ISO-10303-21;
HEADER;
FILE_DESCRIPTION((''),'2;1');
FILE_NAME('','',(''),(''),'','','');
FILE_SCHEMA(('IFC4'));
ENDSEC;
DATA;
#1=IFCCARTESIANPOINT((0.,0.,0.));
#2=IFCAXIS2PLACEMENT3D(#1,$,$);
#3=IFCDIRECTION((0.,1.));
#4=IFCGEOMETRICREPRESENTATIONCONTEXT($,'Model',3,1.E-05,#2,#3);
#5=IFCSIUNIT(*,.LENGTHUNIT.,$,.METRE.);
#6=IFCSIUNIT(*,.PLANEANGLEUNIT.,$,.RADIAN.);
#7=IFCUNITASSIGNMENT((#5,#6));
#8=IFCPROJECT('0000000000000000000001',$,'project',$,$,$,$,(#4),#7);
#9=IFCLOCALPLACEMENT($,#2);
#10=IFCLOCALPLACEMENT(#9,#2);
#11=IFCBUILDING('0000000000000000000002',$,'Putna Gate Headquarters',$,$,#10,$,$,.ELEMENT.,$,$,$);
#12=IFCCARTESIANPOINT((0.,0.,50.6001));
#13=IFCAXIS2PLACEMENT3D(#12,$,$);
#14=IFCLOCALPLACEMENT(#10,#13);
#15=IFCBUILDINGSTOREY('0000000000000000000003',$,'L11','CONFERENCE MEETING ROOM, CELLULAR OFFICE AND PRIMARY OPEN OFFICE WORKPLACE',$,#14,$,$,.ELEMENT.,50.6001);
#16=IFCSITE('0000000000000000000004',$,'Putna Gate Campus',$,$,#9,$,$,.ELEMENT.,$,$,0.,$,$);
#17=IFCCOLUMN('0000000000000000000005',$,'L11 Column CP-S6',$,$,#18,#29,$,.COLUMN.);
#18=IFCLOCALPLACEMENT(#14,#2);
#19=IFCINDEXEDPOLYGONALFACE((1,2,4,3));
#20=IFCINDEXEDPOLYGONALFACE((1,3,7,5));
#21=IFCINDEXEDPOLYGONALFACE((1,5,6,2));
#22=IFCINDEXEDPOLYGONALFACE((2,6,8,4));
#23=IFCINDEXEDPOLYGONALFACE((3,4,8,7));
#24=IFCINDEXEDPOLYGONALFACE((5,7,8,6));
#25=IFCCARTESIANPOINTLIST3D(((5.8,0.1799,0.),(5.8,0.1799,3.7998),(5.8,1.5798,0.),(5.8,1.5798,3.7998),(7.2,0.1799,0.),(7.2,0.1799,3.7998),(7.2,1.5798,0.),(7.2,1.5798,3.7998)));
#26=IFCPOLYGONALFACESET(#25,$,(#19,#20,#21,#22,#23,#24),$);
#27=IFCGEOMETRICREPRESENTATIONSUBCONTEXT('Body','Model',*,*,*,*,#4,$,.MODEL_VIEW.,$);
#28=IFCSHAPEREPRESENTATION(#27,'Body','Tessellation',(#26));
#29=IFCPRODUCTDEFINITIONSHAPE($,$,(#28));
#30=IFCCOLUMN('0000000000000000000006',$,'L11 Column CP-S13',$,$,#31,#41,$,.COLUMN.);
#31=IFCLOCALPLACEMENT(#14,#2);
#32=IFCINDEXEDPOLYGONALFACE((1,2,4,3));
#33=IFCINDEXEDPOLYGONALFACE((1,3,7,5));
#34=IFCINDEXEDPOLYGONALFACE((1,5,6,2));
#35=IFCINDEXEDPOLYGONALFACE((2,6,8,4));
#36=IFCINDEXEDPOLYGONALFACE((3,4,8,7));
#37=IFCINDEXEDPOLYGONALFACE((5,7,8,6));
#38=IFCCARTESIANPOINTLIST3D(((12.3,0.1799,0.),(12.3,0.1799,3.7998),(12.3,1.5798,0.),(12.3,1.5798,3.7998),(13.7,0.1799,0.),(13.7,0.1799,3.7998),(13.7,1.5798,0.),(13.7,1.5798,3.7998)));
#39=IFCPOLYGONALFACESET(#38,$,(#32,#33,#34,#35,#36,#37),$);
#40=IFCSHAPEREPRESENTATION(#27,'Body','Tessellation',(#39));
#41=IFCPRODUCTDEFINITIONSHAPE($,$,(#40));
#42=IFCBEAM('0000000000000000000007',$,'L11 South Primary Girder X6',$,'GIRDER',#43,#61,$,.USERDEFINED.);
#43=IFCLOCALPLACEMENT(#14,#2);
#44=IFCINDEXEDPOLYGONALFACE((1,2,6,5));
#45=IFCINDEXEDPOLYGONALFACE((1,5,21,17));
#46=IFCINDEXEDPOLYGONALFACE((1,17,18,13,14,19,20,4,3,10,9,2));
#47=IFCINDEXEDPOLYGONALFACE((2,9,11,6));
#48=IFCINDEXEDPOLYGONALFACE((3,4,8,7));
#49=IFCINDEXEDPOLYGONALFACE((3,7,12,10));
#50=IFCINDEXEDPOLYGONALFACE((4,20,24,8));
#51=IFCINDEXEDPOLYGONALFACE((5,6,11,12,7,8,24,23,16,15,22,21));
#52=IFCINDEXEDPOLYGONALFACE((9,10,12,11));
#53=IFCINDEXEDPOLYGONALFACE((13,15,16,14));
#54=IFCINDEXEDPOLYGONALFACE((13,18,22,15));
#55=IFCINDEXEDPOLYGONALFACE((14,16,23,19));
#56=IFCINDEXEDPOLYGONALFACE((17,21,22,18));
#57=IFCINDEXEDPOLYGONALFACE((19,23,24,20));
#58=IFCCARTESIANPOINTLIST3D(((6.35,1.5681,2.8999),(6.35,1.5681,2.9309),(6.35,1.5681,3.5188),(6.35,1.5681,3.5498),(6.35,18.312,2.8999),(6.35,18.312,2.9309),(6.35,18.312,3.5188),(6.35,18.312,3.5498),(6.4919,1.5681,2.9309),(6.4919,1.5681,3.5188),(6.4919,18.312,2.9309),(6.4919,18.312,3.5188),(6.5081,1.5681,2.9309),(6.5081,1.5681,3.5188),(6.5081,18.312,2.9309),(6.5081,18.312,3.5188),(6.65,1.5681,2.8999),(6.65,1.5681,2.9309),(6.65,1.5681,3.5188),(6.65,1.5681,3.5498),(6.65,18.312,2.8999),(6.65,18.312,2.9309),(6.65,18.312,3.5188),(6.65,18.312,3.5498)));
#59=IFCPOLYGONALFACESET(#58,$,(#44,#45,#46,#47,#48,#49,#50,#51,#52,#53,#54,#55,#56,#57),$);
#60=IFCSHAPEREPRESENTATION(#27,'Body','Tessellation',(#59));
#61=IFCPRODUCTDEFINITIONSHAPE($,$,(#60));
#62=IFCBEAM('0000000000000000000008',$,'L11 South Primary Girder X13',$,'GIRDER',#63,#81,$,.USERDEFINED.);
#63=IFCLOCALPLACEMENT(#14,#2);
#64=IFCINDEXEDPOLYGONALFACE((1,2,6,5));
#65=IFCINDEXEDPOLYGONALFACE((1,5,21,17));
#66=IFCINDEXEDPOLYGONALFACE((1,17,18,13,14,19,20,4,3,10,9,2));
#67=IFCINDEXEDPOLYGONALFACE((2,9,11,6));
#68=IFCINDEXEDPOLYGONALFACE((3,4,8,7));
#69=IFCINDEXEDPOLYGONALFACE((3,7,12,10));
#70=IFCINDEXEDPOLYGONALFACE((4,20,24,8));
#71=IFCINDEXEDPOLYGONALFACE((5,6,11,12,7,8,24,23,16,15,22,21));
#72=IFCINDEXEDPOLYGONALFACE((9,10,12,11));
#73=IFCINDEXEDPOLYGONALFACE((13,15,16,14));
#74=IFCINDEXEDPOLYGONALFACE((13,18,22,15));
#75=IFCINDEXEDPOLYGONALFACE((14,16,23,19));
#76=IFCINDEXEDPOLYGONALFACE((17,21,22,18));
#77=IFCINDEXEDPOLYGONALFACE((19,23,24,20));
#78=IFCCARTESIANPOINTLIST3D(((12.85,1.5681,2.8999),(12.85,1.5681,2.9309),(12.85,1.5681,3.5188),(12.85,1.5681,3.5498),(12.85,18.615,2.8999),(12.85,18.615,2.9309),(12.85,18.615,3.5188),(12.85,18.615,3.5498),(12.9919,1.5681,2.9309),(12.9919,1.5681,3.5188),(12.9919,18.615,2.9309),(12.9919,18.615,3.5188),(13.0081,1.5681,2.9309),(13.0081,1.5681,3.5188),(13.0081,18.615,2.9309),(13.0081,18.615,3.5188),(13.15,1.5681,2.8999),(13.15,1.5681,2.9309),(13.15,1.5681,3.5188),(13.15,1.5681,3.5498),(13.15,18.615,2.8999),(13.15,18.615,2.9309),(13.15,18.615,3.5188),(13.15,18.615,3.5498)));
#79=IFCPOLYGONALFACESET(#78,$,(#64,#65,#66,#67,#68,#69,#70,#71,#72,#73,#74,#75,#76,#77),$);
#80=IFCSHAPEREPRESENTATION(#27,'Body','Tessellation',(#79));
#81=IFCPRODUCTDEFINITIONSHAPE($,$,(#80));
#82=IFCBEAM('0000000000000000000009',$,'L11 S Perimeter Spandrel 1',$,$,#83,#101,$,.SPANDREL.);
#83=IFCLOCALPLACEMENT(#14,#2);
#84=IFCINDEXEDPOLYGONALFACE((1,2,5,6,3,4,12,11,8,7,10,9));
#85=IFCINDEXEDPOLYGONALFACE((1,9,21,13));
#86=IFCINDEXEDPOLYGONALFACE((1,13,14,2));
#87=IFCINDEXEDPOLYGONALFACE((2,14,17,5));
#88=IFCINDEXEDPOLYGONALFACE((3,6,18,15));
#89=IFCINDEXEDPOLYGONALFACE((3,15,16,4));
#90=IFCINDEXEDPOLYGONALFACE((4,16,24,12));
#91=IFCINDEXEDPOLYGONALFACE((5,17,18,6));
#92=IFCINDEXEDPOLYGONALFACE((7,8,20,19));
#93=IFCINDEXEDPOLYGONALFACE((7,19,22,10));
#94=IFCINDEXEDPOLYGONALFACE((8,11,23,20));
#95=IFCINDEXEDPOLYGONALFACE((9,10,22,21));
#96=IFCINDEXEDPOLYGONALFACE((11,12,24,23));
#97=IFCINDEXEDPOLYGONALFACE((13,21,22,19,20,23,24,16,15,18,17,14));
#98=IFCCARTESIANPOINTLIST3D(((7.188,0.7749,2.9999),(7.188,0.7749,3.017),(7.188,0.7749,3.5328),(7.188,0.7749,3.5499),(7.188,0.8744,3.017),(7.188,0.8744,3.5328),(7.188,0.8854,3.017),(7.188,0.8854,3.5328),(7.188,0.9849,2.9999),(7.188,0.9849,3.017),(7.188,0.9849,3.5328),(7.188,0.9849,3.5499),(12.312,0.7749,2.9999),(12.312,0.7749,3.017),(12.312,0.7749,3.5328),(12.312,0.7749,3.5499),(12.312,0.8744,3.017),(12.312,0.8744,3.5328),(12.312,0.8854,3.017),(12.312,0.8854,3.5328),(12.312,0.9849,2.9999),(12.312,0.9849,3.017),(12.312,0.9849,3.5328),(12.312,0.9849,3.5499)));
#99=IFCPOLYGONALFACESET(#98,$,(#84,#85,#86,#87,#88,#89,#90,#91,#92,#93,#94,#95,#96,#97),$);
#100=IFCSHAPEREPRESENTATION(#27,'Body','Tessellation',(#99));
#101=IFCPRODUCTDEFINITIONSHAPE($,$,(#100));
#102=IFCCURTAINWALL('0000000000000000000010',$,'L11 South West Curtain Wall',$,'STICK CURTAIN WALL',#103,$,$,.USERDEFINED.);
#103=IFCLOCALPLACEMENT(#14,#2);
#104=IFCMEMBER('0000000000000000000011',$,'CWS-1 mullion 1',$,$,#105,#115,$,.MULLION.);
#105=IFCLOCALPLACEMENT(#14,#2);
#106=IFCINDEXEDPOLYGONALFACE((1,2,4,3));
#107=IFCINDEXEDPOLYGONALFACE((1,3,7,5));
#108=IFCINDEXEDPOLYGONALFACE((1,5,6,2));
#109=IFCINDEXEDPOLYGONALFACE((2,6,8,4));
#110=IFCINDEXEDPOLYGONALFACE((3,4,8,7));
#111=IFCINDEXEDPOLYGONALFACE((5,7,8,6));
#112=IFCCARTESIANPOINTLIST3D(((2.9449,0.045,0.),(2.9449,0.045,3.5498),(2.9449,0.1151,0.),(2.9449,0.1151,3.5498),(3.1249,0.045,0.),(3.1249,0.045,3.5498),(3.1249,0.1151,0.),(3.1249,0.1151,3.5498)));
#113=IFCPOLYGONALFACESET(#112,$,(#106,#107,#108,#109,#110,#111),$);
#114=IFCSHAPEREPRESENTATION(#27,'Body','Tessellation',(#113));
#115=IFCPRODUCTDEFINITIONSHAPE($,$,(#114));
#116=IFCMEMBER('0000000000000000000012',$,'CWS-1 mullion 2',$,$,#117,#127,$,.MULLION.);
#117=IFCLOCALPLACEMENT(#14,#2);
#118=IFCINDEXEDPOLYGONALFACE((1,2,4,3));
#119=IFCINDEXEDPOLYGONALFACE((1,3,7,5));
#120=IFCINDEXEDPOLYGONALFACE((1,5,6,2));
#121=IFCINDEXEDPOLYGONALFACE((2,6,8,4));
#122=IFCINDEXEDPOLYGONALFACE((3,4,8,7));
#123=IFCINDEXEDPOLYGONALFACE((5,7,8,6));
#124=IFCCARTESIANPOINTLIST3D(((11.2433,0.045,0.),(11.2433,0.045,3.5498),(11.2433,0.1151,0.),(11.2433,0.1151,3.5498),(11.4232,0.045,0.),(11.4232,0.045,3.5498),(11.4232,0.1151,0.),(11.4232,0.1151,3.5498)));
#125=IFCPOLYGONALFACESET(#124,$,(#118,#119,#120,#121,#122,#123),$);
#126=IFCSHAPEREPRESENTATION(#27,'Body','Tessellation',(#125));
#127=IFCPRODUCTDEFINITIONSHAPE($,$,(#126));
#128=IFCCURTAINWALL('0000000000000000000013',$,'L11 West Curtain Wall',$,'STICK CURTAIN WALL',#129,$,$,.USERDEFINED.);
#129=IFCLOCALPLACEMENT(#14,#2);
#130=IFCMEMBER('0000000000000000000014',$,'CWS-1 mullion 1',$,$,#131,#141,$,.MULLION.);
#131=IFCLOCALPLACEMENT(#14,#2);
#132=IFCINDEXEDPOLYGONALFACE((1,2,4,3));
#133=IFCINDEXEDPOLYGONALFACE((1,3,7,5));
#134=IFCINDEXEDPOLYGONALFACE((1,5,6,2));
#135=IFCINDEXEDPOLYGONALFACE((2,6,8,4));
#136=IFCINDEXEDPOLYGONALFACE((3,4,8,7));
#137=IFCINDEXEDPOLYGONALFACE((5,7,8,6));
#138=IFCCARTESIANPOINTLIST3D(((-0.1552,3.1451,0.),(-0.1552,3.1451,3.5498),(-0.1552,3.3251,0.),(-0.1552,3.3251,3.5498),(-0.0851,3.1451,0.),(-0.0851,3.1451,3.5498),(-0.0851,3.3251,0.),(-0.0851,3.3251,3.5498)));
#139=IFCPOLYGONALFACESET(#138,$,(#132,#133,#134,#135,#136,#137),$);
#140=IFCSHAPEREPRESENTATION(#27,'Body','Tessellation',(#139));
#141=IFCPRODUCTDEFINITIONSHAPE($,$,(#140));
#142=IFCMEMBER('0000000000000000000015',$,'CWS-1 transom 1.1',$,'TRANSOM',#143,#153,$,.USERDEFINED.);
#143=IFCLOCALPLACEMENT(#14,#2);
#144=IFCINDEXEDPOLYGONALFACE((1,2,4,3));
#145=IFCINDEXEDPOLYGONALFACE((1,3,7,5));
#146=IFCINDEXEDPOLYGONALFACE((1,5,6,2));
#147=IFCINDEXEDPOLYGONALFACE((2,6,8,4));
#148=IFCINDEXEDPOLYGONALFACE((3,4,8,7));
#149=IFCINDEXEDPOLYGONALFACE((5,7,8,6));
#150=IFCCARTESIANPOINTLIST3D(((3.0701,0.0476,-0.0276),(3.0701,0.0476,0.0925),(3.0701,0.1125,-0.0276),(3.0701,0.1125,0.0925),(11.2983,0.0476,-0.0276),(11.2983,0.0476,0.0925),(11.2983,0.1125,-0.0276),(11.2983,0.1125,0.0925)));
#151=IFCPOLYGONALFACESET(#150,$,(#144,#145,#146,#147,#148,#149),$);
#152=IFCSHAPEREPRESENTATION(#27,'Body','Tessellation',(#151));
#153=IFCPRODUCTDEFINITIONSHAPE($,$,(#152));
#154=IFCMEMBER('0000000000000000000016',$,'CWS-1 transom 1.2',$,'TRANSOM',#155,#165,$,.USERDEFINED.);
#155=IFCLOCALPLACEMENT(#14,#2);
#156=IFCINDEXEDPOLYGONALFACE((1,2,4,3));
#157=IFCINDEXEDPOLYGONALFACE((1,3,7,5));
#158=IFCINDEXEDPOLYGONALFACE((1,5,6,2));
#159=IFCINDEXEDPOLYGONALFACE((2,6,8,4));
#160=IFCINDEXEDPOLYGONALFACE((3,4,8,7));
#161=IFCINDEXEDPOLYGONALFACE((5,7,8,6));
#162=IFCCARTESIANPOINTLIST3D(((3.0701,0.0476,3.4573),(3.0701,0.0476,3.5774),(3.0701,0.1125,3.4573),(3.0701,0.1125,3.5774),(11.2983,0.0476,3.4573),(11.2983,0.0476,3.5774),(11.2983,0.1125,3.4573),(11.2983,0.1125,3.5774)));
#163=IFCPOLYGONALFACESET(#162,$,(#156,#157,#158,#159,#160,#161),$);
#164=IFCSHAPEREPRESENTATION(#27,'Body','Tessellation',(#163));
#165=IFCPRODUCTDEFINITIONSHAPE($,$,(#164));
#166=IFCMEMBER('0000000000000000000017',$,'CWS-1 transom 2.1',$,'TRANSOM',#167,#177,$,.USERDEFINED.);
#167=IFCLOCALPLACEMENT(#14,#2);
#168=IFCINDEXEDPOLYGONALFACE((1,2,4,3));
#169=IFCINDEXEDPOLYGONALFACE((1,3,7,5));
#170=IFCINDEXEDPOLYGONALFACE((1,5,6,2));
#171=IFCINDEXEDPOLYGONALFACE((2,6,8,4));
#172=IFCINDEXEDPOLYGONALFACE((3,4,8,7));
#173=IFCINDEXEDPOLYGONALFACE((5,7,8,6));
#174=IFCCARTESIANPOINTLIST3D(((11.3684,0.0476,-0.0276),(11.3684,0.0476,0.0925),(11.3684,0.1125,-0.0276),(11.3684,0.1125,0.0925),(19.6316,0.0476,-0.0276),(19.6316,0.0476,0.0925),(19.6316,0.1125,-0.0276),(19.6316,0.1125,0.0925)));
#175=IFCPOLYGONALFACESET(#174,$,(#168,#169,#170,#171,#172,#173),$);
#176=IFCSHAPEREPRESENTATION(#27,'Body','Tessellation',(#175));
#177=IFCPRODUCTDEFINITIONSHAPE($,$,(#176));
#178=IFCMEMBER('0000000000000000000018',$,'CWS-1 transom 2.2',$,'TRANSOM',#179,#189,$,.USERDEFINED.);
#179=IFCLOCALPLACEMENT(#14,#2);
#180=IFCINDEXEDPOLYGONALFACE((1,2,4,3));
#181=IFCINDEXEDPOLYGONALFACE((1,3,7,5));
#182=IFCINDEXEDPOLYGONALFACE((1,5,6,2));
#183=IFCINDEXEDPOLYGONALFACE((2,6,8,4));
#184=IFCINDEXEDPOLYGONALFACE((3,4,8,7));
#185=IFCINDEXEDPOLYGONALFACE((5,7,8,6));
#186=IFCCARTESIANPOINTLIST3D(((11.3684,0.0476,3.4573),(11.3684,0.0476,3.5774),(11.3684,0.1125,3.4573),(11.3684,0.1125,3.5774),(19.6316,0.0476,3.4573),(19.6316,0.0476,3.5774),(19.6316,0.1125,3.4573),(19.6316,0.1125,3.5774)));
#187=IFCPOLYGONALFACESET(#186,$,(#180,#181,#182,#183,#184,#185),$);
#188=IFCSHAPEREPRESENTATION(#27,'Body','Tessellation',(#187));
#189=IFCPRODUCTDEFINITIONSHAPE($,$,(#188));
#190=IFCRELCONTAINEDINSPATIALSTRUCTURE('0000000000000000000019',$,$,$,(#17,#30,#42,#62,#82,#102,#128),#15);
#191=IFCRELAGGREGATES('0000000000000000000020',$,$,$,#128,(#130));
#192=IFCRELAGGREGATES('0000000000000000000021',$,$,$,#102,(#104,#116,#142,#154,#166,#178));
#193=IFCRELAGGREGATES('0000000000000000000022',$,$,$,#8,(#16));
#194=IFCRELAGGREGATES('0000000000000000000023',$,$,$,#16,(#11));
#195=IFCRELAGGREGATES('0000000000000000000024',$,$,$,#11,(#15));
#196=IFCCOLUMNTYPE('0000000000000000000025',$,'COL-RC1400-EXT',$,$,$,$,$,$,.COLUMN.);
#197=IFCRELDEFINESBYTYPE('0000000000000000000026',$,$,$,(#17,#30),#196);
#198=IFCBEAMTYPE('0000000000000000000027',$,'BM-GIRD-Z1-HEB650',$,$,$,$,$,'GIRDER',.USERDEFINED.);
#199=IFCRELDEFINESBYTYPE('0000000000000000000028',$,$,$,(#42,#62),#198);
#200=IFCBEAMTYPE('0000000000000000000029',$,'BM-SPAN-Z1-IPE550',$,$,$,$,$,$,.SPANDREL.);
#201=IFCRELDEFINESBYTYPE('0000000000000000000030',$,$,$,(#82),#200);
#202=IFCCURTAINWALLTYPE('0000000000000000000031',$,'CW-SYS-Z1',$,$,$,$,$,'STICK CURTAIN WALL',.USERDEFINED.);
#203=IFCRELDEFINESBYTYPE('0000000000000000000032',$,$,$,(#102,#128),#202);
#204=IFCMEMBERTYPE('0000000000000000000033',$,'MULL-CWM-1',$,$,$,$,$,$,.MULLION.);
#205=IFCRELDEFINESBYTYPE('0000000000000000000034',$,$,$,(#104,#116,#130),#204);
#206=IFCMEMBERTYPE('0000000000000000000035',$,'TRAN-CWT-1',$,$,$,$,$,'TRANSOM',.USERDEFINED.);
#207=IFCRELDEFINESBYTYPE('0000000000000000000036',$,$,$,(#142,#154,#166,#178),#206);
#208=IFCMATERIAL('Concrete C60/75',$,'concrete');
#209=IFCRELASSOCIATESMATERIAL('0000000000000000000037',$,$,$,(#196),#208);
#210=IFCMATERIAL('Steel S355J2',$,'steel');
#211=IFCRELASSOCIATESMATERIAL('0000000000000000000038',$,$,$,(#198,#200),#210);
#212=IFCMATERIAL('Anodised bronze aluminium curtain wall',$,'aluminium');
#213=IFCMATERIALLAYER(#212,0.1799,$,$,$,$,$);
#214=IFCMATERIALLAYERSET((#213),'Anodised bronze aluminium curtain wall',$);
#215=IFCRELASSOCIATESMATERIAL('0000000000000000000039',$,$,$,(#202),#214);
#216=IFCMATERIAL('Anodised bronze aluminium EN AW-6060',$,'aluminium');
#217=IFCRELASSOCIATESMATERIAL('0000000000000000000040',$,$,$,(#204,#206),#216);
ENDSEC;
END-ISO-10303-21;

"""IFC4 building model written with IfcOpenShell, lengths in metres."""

from ifc_helpers import new_model, si_unit, direction, frame, origin, origin_2d, place, context, subcontext, project, spatial, rectangle, i_section, extrude, material, layer, layer_set, material_profile, profile_set, type_object, element, aggregate, save


model = new_model("IFC4")

# Units and contexts
model_context = context("Model", 3, precision=1e-05, world=origin(), true_north=direction((0.0, 1.0)))
body_context = subcontext(model_context, "Body", "Model", "MODEL_VIEW")
ifc_project = project(units=[si_unit("LENGTHUNIT", "METRE"), si_unit("PLANEANGLEUNIT", "RADIAN")], contexts=[model_context])

# Site, building, storey
site_placement = place(None, origin())
site = spatial("IfcSite", under=ifc_project, at=site_placement, Name="Putna Gate Campus", CompositionType="ELEMENT", RefElevation=0.0)
building_placement = place(site_placement, origin())
building = spatial("IfcBuilding", under=site, at=building_placement, Name="Putna Gate Headquarters", CompositionType="ELEMENT")
storey_placement = place(building_placement, frame((0.0, 0.0, 50.6001)))
storey = spatial("IfcBuildingStorey", under=building, at=storey_placement, Name="L11", Description="CONFERENCE MEETING ROOM, CELLULAR OFFICE AND PRIMARY OPEN OFFICE WORKPLACE", CompositionType="ELEMENT", Elevation=50.6001)

# Columns
ifc_material_1 = material(Name="Concrete C60/75", Category="concrete")
ifc_material_profile_1 = material_profile(ifc_material_1, rectangle(XDim=1.3999, YDim=1.3999, at=origin_2d()), Name="Concrete C60/75")
ifc_profile_set_1 = profile_set([ifc_material_profile_1], Name="Concrete C60/75")
column_type = type_object("IfcColumnType", Name="COL-RC1400-EXT", PredefinedType="COLUMN", material=ifc_profile_set_1)
for number, where, z_axis, x_axis, name in (
    (1, (6.5, 0.8799, 0.0), (0.0, 0.0, 1.0), (1.0, 0.0, 0.0), "L11 Column CP-S6"),
    (2, (13.0, 0.8799, 0.0), (0.0, 0.0, 1.0), (1.0, 0.0, 0.0), "L11 Column CP-S13"),
):
    element("IfcColumn", number, at=place(storey_placement, frame(where, z_axis=z_axis, x_axis=x_axis)), inside=storey, type_object=column_type, Name=name, PredefinedType="COLUMN", context=body_context, shape_type="SweptSolid", body=[
        extrude(rectangle(XDim=1.3999, YDim=1.3999, at=origin_2d()), origin(), (0.0, 0.0, 1.0), 3.7998),
    ])

# Beams
ifc_material_2 = material(Name="Steel S355J2", Category="steel")
ifc_material_profile_2 = material_profile(ifc_material_2, i_section(OverallWidth=0.3, OverallDepth=0.6499, WebThickness=0.0161, FlangeThickness=0.031, at=origin_2d()), Name="Steel S355J2")
ifc_profile_set_2 = profile_set([ifc_material_profile_2], Name="Steel S355J2")
beam_type_1 = type_object("IfcBeamType", Name="BM-GIRD-Z1-HEB650", ElementType="GIRDER", PredefinedType="USERDEFINED", material=ifc_profile_set_2)
beam_1_placement = place(storey_placement, frame((6.5, 1.5681, 3.2249), z_axis=(0.0, 1.0, 0.0), x_axis=(-1.0, 0.0, 0.0)))
element("IfcBeam", 3, at=beam_1_placement, inside=storey, type_object=beam_type_1, Name="L11 South Primary Girder X6", ObjectType="GIRDER", PredefinedType="USERDEFINED", context=body_context, shape_type="SweptSolid", body=[
    extrude(i_section(OverallWidth=0.3, OverallDepth=0.6499, WebThickness=0.0161, FlangeThickness=0.031, at=origin_2d()), origin(), (0.0, 0.0, 1.0), 16.7439),
])
beam_2_placement = place(storey_placement, frame((13.0, 1.5681, 3.2249), z_axis=(0.0, 1.0, 0.0), x_axis=(-1.0, 0.0, 0.0)))
element("IfcBeam", 4, at=beam_2_placement, inside=storey, type_object=beam_type_1, Name="L11 South Primary Girder X13", ObjectType="GIRDER", PredefinedType="USERDEFINED", context=body_context, shape_type="SweptSolid", body=[
    extrude(i_section(OverallWidth=0.3, OverallDepth=0.6499, WebThickness=0.0161, FlangeThickness=0.031, at=origin_2d()), origin(), (0.0, 0.0, 1.0), 17.0469),
])
ifc_material_profile_3 = material_profile(ifc_material_2, i_section(OverallWidth=0.21, OverallDepth=0.55, WebThickness=0.011, FlangeThickness=0.0171, at=origin_2d()), Name="Steel S355J2")
ifc_profile_set_3 = profile_set([ifc_material_profile_3], Name="Steel S355J2")
beam_type_2 = type_object("IfcBeamType", Name="BM-SPAN-Z1-IPE550", PredefinedType="SPANDREL", material=ifc_profile_set_3)
beam_3_placement = place(storey_placement, frame((7.188, 0.8799, 3.2749), z_axis=(1.0, 0.0, 0.0), x_axis=(0.0, 1.0, 0.0)))
element("IfcBeam", 5, at=beam_3_placement, inside=storey, type_object=beam_type_2, Name="L11 S Perimeter Spandrel 1", PredefinedType="SPANDREL", context=body_context, shape_type="SweptSolid", body=[
    extrude(i_section(OverallWidth=0.21, OverallDepth=0.55, WebThickness=0.011, FlangeThickness=0.0171, at=origin_2d()), origin(), (0.0, 0.0, 1.0), 5.124),
])

# Curtain wall, members
ifc_material_3 = material(Name="Anodised bronze aluminium curtain wall", Category="aluminium")
ifc_layer_1 = layer(ifc_material_3, 0.1799)
ifc_layer_set_1 = layer_set([ifc_layer_1], Name="Anodised bronze aluminium curtain wall")
curtain_wall_type = type_object("IfcCurtainWallType", Name="CW-SYS-Z1", ElementType="STICK CURTAIN WALL", PredefinedType="USERDEFINED", material=ifc_layer_set_1)
curtain_wall_1_placement = place(storey_placement, origin())
curtain_wall_1 = element("IfcCurtainWall", 6, at=curtain_wall_1_placement, inside=storey, type_object=curtain_wall_type, Name="L11 South West Curtain Wall", ObjectType="STICK CURTAIN WALL", PredefinedType="USERDEFINED")
ifc_material_4 = material(Name="Anodised bronze aluminium EN AW-6060", Category="aluminium")
ifc_material_profile_4 = material_profile(ifc_material_4, rectangle(XDim=0.0701, YDim=0.1799, at=origin_2d()), Name="Anodised bronze aluminium EN AW-6060")
ifc_profile_set_4 = profile_set([ifc_material_profile_4], Name="Anodised bronze aluminium EN AW-6060")
member_type_1 = type_object("IfcMemberType", Name="MULL-CWM-1", PredefinedType="MULLION", material=ifc_profile_set_4)
member_1_placement = place(storey_placement, frame((3.0349, 0.0801, 0.0), z_axis=(0.0, 0.0, 1.0), x_axis=(0.0, 1.0, 0.0)))
member_1 = element("IfcMember", 7, at=member_1_placement, type_object=member_type_1, Name="CWS-1 mullion 1", PredefinedType="MULLION", context=body_context, shape_type="SweptSolid", body=[
    extrude(rectangle(XDim=0.0701, YDim=0.1799, at=origin_2d()), origin(), (0.0, 0.0, 1.0), 3.5498),
])
member_2_placement = place(storey_placement, frame((11.3333, 0.0801, 0.0), z_axis=(0.0, 0.0, 1.0), x_axis=(0.0, 1.0, 0.0)))
member_2 = element("IfcMember", 8, at=member_2_placement, type_object=member_type_1, Name="CWS-1 mullion 2", PredefinedType="MULLION", context=body_context, shape_type="SweptSolid", body=[
    extrude(rectangle(XDim=0.0701, YDim=0.1799, at=origin_2d()), origin(), (0.0, 0.0, 1.0), 3.5498),
])

# Curtain wall, member
curtain_wall_2_placement = place(storey_placement, origin())
curtain_wall_2 = element("IfcCurtainWall", 9, at=curtain_wall_2_placement, inside=storey, type_object=curtain_wall_type, Name="L11 West Curtain Wall", ObjectType="STICK CURTAIN WALL", PredefinedType="USERDEFINED")
member_3_placement = place(storey_placement, frame((-0.1201, 3.2351, 0.0), z_axis=(0.0, 0.0, 1.0), x_axis=(-1.0, 0.0, 0.0)))
member_3 = element("IfcMember", 10, at=member_3_placement, type_object=member_type_1, Name="CWS-1 mullion 1", PredefinedType="MULLION", context=body_context, shape_type="SweptSolid", body=[
    extrude(rectangle(XDim=0.0701, YDim=0.1799, at=origin_2d()), origin(), (0.0, 0.0, 1.0), 3.5498),
])
aggregate(curtain_wall_2, [member_3])

# Members
ifc_material_profile_5 = material_profile(ifc_material_4, rectangle(XDim=0.0649, YDim=0.1201, at=origin_2d()), Name="Anodised bronze aluminium EN AW-6060")
ifc_profile_set_5 = profile_set([ifc_material_profile_5], Name="Anodised bronze aluminium EN AW-6060")
member_type_2 = type_object("IfcMemberType", Name="TRAN-CWT-1", ElementType="TRANSOM", PredefinedType="USERDEFINED", material=ifc_profile_set_5)
member_4_placement = place(storey_placement, frame((3.0701, 0.0801, 0.0325), z_axis=(1.0, 0.0, 0.0), x_axis=(0.0, 1.0, 0.0)))
member_4 = element("IfcMember", 11, at=member_4_placement, type_object=member_type_2, Name="CWS-1 transom 1.1", ObjectType="TRANSOM", PredefinedType="USERDEFINED", context=body_context, shape_type="SweptSolid", body=[
    extrude(rectangle(XDim=0.0649, YDim=0.1201, at=origin_2d()), origin(), (0.0, 0.0, 1.0), 8.2283),
])
member_5_placement = place(storey_placement, frame((3.0701, 0.0801, 3.5173), z_axis=(1.0, 0.0, 0.0), x_axis=(0.0, 1.0, 0.0)))
member_5 = element("IfcMember", 12, at=member_5_placement, type_object=member_type_2, Name="CWS-1 transom 1.2", ObjectType="TRANSOM", PredefinedType="USERDEFINED", context=body_context, shape_type="SweptSolid", body=[
    extrude(rectangle(XDim=0.0649, YDim=0.1201, at=origin_2d()), origin(), (0.0, 0.0, 1.0), 8.2283),
])
member_6_placement = place(storey_placement, frame((11.3684, 0.0801, 0.0325), z_axis=(1.0, 0.0, 0.0), x_axis=(0.0, 1.0, 0.0)))
member_6 = element("IfcMember", 13, at=member_6_placement, type_object=member_type_2, Name="CWS-1 transom 2.1", ObjectType="TRANSOM", PredefinedType="USERDEFINED", context=body_context, shape_type="SweptSolid", body=[
    extrude(rectangle(XDim=0.0649, YDim=0.1201, at=origin_2d()), origin(), (0.0, 0.0, 1.0), 8.2632),
])
member_7_placement = place(storey_placement, frame((11.3684, 0.0801, 3.5173), z_axis=(1.0, 0.0, 0.0), x_axis=(0.0, 1.0, 0.0)))
member_7 = element("IfcMember", 14, at=member_7_placement, type_object=member_type_2, Name="CWS-1 transom 2.2", ObjectType="TRANSOM", PredefinedType="USERDEFINED", context=body_context, shape_type="SweptSolid", body=[
    extrude(rectangle(XDim=0.0649, YDim=0.1201, at=origin_2d()), origin(), (0.0, 0.0, 1.0), 8.2632),
])

aggregate(curtain_wall_1, [member_1, member_2, member_4, member_5, member_6, member_7])

save(model, "model.ifc")
